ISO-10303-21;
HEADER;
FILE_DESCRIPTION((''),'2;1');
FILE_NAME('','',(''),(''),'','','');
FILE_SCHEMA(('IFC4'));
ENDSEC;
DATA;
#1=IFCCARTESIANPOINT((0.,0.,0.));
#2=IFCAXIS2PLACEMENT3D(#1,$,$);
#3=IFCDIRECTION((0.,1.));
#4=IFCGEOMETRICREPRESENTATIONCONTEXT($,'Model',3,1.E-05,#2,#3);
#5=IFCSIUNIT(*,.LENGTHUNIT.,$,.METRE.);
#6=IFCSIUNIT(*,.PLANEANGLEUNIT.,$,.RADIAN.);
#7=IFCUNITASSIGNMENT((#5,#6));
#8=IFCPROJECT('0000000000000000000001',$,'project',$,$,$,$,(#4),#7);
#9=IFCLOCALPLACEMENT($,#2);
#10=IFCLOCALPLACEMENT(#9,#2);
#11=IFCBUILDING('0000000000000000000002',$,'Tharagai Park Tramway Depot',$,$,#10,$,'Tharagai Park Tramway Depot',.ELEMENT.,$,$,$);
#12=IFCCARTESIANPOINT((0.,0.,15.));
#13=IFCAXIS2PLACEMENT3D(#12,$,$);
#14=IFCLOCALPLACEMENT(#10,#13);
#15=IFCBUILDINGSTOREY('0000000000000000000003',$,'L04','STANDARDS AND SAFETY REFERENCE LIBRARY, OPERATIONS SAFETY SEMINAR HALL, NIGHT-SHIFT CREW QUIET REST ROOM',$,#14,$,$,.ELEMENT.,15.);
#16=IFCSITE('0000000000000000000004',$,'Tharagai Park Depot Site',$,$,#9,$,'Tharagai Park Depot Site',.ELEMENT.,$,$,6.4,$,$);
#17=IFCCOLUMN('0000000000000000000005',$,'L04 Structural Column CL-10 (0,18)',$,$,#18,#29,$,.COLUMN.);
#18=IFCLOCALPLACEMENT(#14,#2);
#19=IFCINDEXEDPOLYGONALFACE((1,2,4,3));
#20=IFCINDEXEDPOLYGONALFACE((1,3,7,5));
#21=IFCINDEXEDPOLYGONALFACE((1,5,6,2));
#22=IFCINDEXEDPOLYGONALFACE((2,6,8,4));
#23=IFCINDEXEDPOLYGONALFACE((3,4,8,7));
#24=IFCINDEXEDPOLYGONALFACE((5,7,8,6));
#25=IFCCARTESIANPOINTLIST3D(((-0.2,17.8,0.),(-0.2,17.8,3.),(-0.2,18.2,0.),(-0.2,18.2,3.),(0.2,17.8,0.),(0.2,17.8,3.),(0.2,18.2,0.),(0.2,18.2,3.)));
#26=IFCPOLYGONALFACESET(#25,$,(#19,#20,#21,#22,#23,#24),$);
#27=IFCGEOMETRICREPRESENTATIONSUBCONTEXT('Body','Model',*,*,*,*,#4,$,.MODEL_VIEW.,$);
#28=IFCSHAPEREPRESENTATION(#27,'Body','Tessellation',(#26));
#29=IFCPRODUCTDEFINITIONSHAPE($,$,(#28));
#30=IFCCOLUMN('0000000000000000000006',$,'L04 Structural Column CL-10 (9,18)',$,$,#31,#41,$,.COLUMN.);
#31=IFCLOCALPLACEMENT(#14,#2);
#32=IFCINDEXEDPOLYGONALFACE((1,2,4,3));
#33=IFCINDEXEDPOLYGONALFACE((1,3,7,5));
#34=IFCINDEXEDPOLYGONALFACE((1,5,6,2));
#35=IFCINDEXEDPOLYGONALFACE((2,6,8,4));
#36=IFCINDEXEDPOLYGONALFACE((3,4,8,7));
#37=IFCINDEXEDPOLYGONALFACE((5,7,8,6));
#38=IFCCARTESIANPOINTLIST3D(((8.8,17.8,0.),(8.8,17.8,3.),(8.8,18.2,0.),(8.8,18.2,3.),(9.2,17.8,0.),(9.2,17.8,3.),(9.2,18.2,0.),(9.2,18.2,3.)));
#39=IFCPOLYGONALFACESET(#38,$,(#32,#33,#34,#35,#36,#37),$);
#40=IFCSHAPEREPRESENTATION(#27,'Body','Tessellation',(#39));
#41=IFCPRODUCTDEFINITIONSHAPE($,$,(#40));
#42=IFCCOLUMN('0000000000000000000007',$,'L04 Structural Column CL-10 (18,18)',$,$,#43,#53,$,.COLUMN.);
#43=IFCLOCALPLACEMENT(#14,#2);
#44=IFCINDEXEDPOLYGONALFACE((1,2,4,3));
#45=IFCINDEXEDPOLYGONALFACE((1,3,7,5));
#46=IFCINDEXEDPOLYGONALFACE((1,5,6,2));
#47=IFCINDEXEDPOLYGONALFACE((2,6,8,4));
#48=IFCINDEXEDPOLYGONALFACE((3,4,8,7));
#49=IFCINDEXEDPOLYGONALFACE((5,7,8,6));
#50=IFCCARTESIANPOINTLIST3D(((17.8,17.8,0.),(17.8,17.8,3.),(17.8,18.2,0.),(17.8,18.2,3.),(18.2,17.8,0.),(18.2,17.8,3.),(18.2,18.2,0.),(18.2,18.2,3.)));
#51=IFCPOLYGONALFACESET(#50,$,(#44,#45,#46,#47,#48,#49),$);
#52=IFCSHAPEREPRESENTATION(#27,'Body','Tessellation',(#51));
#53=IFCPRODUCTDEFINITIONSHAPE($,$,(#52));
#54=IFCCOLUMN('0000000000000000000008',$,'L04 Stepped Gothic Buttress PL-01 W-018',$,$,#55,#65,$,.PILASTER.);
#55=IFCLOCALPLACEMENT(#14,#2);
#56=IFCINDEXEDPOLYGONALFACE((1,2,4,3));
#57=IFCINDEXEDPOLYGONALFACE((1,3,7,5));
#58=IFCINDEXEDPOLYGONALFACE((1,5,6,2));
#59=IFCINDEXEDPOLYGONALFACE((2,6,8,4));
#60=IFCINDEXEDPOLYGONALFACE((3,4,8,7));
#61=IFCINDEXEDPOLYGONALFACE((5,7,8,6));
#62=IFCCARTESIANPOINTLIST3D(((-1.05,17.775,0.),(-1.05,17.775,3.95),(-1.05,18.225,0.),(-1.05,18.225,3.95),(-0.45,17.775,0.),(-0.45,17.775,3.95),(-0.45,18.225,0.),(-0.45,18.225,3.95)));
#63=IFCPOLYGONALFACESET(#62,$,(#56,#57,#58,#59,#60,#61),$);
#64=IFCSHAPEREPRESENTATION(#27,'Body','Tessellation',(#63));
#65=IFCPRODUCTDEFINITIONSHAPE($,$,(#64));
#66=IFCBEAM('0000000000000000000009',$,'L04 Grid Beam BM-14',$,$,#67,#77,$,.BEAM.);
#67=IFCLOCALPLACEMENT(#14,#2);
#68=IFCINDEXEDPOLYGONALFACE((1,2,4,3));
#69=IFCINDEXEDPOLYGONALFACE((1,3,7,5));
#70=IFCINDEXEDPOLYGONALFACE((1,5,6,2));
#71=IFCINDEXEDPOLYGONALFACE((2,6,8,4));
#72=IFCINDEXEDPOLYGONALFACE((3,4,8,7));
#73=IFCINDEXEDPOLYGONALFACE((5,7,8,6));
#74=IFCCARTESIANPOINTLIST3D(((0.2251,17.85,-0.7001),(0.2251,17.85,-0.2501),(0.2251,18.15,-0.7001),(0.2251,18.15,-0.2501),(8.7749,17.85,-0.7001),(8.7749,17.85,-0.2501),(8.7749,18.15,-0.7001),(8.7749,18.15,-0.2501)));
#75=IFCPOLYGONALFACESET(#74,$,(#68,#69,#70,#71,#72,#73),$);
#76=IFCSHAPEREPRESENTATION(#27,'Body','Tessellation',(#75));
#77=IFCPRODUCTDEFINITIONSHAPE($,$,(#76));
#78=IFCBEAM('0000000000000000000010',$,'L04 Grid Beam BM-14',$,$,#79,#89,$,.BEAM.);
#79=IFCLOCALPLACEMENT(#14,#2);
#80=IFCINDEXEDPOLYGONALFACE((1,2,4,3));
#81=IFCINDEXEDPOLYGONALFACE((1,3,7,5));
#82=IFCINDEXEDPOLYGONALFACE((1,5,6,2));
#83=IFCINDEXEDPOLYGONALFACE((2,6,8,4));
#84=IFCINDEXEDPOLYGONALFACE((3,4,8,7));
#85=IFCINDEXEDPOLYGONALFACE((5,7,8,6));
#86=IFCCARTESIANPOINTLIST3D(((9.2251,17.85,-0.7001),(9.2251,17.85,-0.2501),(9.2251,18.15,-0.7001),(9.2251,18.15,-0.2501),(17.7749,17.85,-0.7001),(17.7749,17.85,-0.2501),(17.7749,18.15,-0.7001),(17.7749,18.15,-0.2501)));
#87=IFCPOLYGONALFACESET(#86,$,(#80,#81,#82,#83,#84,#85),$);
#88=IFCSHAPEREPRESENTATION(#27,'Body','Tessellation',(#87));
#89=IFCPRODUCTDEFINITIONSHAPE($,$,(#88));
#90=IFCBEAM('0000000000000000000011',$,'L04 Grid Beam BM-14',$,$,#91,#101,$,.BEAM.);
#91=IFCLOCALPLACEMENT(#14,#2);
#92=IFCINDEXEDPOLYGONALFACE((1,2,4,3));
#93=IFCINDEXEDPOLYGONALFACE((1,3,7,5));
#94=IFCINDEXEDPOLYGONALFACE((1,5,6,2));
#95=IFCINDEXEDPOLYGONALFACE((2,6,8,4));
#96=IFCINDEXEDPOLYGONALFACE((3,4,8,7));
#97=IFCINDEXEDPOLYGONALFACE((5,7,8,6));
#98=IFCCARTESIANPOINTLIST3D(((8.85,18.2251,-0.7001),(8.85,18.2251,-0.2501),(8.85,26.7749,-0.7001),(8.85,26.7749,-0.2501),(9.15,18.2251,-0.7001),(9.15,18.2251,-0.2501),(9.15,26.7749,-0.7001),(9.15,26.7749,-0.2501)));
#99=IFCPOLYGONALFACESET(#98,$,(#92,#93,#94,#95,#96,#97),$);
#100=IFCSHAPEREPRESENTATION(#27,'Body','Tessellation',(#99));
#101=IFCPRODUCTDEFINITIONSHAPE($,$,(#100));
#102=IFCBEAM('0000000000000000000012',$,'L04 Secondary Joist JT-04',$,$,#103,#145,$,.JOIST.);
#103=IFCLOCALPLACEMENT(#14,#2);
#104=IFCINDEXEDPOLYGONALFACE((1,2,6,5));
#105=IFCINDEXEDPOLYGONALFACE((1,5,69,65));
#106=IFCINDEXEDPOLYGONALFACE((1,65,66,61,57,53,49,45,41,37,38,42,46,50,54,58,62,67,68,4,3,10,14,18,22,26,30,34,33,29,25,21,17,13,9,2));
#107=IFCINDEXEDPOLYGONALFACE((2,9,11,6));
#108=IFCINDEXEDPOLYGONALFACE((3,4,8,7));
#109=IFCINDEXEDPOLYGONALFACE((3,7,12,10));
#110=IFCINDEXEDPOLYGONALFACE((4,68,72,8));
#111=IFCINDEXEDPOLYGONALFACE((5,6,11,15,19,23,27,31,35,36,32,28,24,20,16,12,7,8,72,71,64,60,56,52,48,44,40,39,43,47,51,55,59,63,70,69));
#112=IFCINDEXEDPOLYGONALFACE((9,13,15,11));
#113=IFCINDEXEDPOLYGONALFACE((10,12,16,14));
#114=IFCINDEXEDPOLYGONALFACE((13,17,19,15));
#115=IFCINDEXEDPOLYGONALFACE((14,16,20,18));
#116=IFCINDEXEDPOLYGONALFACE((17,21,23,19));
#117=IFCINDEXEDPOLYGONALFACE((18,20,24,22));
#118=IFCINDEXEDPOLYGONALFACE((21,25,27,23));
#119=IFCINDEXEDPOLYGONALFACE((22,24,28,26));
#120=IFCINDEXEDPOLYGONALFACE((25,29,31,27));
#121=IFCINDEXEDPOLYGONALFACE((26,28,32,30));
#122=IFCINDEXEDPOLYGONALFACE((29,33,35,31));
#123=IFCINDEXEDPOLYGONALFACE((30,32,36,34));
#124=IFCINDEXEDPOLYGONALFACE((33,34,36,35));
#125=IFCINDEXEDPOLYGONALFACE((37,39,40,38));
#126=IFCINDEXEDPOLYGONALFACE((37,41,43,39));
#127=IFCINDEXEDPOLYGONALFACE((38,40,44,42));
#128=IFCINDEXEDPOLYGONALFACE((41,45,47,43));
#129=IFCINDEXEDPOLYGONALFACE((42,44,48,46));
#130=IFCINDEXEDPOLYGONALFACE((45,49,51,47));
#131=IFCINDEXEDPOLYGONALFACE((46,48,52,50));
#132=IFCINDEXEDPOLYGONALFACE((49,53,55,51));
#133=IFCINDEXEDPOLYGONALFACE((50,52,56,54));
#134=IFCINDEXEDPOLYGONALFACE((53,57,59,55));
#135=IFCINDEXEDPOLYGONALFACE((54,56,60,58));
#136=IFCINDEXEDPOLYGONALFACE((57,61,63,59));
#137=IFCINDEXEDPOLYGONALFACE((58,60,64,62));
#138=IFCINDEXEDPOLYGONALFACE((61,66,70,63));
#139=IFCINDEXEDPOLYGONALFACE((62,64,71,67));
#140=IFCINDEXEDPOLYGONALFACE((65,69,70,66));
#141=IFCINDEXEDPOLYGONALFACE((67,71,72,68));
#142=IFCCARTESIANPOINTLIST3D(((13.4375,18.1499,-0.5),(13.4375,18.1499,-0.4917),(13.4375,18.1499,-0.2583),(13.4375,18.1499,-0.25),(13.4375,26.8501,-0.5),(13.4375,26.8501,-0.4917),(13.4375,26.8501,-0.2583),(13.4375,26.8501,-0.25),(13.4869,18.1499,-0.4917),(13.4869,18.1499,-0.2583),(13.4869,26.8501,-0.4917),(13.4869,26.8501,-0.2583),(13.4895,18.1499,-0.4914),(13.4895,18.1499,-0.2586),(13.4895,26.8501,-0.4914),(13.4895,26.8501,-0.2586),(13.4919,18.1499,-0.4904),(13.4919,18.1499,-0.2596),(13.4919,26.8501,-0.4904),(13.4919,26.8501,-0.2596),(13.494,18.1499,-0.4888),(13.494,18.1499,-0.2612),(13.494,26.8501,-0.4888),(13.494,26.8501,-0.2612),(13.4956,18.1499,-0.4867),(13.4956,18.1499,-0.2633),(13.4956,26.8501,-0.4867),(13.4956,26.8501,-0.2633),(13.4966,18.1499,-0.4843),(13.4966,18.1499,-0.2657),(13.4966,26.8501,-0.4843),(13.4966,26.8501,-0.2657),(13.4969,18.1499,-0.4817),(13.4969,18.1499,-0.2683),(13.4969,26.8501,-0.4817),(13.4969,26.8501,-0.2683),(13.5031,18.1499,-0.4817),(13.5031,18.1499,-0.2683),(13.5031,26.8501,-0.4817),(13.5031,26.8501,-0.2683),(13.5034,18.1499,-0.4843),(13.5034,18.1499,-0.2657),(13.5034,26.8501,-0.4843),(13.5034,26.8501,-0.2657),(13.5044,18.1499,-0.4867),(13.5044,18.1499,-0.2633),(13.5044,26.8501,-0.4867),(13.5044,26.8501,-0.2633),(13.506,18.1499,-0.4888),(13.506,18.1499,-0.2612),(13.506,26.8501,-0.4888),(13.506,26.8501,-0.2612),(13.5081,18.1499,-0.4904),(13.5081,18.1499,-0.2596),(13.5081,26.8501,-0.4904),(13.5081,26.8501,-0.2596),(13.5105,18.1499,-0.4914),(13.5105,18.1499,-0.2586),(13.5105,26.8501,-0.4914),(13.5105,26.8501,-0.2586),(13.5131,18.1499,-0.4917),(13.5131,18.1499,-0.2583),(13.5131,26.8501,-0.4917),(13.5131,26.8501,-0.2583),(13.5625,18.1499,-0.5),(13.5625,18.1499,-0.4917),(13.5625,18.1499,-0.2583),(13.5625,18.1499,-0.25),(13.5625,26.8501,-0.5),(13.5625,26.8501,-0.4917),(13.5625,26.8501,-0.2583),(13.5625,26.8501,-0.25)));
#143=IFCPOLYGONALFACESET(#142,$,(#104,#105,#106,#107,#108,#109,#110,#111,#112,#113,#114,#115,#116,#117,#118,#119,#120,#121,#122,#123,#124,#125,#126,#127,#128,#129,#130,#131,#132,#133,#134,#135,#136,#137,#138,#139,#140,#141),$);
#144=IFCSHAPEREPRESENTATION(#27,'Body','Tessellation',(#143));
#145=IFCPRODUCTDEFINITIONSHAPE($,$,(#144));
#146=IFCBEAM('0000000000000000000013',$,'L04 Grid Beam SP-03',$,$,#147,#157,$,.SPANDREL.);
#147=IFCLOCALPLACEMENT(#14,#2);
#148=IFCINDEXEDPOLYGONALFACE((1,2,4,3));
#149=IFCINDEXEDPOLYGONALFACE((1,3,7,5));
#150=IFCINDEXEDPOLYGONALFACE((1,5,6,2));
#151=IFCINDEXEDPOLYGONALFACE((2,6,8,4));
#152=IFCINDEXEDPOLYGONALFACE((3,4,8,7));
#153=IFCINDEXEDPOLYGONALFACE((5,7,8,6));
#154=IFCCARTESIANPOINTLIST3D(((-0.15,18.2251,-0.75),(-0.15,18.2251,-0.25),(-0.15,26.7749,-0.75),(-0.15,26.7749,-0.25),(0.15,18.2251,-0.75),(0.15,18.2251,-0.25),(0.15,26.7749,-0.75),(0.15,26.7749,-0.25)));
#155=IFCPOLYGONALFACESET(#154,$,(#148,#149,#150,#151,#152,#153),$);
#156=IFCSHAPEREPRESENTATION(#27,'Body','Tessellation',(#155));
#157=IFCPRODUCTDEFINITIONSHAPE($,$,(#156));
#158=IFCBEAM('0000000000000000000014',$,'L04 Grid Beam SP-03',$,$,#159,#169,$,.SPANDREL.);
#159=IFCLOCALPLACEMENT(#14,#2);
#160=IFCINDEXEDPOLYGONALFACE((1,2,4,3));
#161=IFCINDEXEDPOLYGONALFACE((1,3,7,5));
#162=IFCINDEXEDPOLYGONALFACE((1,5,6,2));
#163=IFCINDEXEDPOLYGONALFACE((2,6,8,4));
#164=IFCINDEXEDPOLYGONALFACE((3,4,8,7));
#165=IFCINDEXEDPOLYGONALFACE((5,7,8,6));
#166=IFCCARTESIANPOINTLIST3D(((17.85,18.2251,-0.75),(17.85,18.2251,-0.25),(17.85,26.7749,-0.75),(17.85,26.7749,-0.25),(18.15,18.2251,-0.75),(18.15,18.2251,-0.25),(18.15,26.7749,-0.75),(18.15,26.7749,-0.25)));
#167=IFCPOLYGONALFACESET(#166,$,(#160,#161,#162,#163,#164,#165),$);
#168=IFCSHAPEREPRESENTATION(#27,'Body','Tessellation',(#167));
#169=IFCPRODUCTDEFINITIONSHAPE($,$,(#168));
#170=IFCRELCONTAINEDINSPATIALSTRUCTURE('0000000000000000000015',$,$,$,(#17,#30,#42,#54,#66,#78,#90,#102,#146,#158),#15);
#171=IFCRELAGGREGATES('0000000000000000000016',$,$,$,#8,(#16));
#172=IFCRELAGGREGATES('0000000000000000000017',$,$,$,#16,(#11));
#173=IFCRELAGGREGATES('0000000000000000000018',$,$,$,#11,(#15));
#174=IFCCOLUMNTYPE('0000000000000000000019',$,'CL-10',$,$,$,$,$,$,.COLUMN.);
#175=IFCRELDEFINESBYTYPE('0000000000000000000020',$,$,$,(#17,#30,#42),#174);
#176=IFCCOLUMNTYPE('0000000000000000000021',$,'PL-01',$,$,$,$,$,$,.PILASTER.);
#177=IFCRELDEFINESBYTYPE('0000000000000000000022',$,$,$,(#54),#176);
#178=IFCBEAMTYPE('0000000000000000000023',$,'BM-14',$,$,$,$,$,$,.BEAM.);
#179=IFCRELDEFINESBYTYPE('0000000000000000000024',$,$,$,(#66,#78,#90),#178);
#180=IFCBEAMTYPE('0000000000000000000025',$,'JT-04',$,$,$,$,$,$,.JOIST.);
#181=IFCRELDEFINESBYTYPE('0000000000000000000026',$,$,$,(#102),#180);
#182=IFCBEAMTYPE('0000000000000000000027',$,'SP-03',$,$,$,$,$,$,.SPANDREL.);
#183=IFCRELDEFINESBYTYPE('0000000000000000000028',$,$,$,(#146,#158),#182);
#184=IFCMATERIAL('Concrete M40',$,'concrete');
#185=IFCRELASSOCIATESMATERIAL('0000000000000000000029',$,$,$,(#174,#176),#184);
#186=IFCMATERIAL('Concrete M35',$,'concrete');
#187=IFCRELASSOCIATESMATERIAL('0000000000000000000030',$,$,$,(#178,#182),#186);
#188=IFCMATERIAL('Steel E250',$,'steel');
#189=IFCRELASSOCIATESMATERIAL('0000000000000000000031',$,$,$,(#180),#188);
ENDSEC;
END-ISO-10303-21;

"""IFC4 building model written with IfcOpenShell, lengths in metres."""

from ifc_helpers import new_model, si_unit, direction, frame, origin, origin_2d, place, context, subcontext, project, spatial, rectangle, i_section, extrude, material, material_profile, profile_set, type_object, element, save


model = new_model("IFC4")

# Units and contexts
model_context = context("Model", 3, precision=1e-05, world=origin(), true_north=direction((0.0, 1.0)))
body_context = subcontext(model_context, "Body", "Model", "MODEL_VIEW")
ifc_project = project(units=[si_unit("LENGTHUNIT", "METRE"), si_unit("PLANEANGLEUNIT", "RADIAN")], contexts=[model_context])

# Site, building, storey
site_placement = place(None, origin())
site = spatial("IfcSite", under=ifc_project, at=site_placement, Name="Tharagai Park Depot Site", LongName="Tharagai Park Depot Site", CompositionType="ELEMENT", RefElevation=6.4)
building_placement = place(site_placement, origin())
building = spatial("IfcBuilding", under=site, at=building_placement, Name="Tharagai Park Tramway Depot", LongName="Tharagai Park Tramway Depot", CompositionType="ELEMENT")
storey_placement = place(building_placement, frame((0.0, 0.0, 15.0)))
storey = spatial("IfcBuildingStorey", under=building, at=storey_placement, Name="L04", Description="STANDARDS AND SAFETY REFERENCE LIBRARY, OPERATIONS SAFETY SEMINAR HALL, NIGHT-SHIFT CREW QUIET REST ROOM", CompositionType="ELEMENT", Elevation=15.0)

# Columns
ifc_material_1 = material(Name="Concrete M40", Category="concrete")
ifc_material_profile_1 = material_profile(ifc_material_1, rectangle(XDim=0.3999, YDim=0.3999, at=origin_2d()), Name="RC 400x400")
ifc_profile_set_1 = profile_set([ifc_material_profile_1], Name="Concrete M40")
column_type_1 = type_object("IfcColumnType", Name="CL-10", PredefinedType="COLUMN", material=ifc_profile_set_1)
for number, where, z_axis, x_axis, name in (
    (1, (0.0, 18.0, 0.0), (0.0, 0.0, 1.0), (1.0, 0.0, 0.0), "L04 Structural Column CL-10 (0,18)"),
    (2, (9.0, 18.0, 0.0), (0.0, 0.0, 1.0), (1.0, 0.0, 0.0), "L04 Structural Column CL-10 (9,18)"),
    (3, (18.0, 18.0, 0.0), (0.0, 0.0, 1.0), (1.0, 0.0, 0.0), "L04 Structural Column CL-10 (18,18)"),
):
    element("IfcColumn", number, at=place(storey_placement, frame(where, z_axis=z_axis, x_axis=x_axis)), inside=storey, type_object=column_type_1, Name=name, PredefinedType="COLUMN", context=body_context, shape_type="SweptSolid", body=[
        extrude(rectangle(XDim=0.3999, YDim=0.3999, at=origin_2d()), origin(), (0.0, 0.0, 1.0), 3.0),
    ])
ifc_material_profile_2 = material_profile(ifc_material_1, rectangle(XDim=0.45, YDim=0.6001, at=origin_2d()), Name="RC 450x600")
ifc_profile_set_2 = profile_set([ifc_material_profile_2], Name="Concrete M40")
column_type_2 = type_object("IfcColumnType", Name="PL-01", PredefinedType="PILASTER", material=ifc_profile_set_2)
column_placement = place(storey_placement, frame((-0.75, 18.0, 0.0), z_axis=(0.0, 0.0, 1.0), x_axis=(0.0, 1.0, 0.0)))
element("IfcColumn", 4, at=column_placement, inside=storey, type_object=column_type_2, Name="L04 Stepped Gothic Buttress PL-01 W-018", PredefinedType="PILASTER", context=body_context, shape_type="SweptSolid", body=[
    extrude(rectangle(XDim=0.45, YDim=0.6001, at=origin_2d()), origin(), (0.0, 0.0, 1.0), 3.95),
])

# Beams
ifc_material_2 = material(Name="Concrete M35", Category="concrete")
ifc_material_profile_3 = material_profile(ifc_material_2, rectangle(XDim=0.3, YDim=0.45, at=origin_2d()), Name="RC 300x450")
ifc_profile_set_3 = profile_set([ifc_material_profile_3], Name="Concrete M35")
beam_type_1 = type_object("IfcBeamType", Name="BM-14", PredefinedType="BEAM", material=ifc_profile_set_3)
for number, where, z_axis, x_axis, name in (
    (5, (0.2251, 18.0, -0.4751), (1.0, 0.0, 0.0), (0.0, 1.0, 0.0), "L04 Grid Beam BM-14"),
    (6, (9.2251, 18.0, -0.4751), (1.0, 0.0, 0.0), (0.0, 1.0, 0.0), "L04 Grid Beam BM-14"),
    (7, (9.0, 18.2251, -0.4751), (0.0, 1.0, 0.0), (-1.0, 0.0, 0.0), "L04 Grid Beam BM-14"),
):
    element("IfcBeam", number, at=place(storey_placement, frame(where, z_axis=z_axis, x_axis=x_axis)), inside=storey, type_object=beam_type_1, Name=name, PredefinedType="BEAM", context=body_context, shape_type="SweptSolid", body=[
        extrude(rectangle(XDim=0.3, YDim=0.45, at=origin_2d()), origin(), (0.0, 0.0, 1.0), 8.5498),
    ])
ifc_material_3 = material(Name="Steel E250", Category="steel")
ifc_material_profile_4 = material_profile(ifc_material_3, i_section(OverallWidth=0.125, OverallDepth=0.25, WebThickness=0.0061, FlangeThickness=0.0083, FilletRadius=0.01, at=origin_2d()), Name="ISLB 250")
ifc_profile_set_4 = profile_set([ifc_material_profile_4], Name="Steel E250")
beam_type_2 = type_object("IfcBeamType", Name="JT-04", PredefinedType="JOIST", material=ifc_profile_set_4)
beam_placement = place(storey_placement, frame((13.5, 18.1499, -0.375), z_axis=(0.0, 1.0, 0.0), x_axis=(-1.0, 0.0, 0.0)))
element("IfcBeam", 8, at=beam_placement, inside=storey, type_object=beam_type_2, Name="L04 Secondary Joist JT-04", PredefinedType="JOIST", context=body_context, shape_type="SweptSolid", body=[
    extrude(i_section(OverallWidth=0.125, OverallDepth=0.25, WebThickness=0.0061, FlangeThickness=0.0083, FilletRadius=0.01, at=origin_2d()), origin(), (0.0, 0.0, 1.0), 8.7002),
])
ifc_material_profile_5 = material_profile(ifc_material_2, rectangle(XDim=0.3, YDim=0.5, at=origin_2d()), Name="RC 300x500")
ifc_profile_set_5 = profile_set([ifc_material_profile_5], Name="Concrete M35")
beam_type_3 = type_object("IfcBeamType", Name="SP-03", PredefinedType="SPANDREL", material=ifc_profile_set_5)
for number, where, z_axis, x_axis, name in (
    (9, (0.0, 18.2251, -0.5), (0.0, 1.0, 0.0), (-1.0, 0.0, 0.0), "L04 Grid Beam SP-03"),
    (10, (18.0, 18.2251, -0.5), (0.0, 1.0, 0.0), (-1.0, 0.0, 0.0), "L04 Grid Beam SP-03"),
):
    element("IfcBeam", number, at=place(storey_placement, frame(where, z_axis=z_axis, x_axis=x_axis)), inside=storey, type_object=beam_type_3, Name=name, PredefinedType="SPANDREL", context=body_context, shape_type="SweptSolid", body=[
        extrude(rectangle(XDim=0.3, YDim=0.5, at=origin_2d()), origin(), (0.0, 0.0, 1.0), 8.5498),
    ])

save(model, "model.ifc")
